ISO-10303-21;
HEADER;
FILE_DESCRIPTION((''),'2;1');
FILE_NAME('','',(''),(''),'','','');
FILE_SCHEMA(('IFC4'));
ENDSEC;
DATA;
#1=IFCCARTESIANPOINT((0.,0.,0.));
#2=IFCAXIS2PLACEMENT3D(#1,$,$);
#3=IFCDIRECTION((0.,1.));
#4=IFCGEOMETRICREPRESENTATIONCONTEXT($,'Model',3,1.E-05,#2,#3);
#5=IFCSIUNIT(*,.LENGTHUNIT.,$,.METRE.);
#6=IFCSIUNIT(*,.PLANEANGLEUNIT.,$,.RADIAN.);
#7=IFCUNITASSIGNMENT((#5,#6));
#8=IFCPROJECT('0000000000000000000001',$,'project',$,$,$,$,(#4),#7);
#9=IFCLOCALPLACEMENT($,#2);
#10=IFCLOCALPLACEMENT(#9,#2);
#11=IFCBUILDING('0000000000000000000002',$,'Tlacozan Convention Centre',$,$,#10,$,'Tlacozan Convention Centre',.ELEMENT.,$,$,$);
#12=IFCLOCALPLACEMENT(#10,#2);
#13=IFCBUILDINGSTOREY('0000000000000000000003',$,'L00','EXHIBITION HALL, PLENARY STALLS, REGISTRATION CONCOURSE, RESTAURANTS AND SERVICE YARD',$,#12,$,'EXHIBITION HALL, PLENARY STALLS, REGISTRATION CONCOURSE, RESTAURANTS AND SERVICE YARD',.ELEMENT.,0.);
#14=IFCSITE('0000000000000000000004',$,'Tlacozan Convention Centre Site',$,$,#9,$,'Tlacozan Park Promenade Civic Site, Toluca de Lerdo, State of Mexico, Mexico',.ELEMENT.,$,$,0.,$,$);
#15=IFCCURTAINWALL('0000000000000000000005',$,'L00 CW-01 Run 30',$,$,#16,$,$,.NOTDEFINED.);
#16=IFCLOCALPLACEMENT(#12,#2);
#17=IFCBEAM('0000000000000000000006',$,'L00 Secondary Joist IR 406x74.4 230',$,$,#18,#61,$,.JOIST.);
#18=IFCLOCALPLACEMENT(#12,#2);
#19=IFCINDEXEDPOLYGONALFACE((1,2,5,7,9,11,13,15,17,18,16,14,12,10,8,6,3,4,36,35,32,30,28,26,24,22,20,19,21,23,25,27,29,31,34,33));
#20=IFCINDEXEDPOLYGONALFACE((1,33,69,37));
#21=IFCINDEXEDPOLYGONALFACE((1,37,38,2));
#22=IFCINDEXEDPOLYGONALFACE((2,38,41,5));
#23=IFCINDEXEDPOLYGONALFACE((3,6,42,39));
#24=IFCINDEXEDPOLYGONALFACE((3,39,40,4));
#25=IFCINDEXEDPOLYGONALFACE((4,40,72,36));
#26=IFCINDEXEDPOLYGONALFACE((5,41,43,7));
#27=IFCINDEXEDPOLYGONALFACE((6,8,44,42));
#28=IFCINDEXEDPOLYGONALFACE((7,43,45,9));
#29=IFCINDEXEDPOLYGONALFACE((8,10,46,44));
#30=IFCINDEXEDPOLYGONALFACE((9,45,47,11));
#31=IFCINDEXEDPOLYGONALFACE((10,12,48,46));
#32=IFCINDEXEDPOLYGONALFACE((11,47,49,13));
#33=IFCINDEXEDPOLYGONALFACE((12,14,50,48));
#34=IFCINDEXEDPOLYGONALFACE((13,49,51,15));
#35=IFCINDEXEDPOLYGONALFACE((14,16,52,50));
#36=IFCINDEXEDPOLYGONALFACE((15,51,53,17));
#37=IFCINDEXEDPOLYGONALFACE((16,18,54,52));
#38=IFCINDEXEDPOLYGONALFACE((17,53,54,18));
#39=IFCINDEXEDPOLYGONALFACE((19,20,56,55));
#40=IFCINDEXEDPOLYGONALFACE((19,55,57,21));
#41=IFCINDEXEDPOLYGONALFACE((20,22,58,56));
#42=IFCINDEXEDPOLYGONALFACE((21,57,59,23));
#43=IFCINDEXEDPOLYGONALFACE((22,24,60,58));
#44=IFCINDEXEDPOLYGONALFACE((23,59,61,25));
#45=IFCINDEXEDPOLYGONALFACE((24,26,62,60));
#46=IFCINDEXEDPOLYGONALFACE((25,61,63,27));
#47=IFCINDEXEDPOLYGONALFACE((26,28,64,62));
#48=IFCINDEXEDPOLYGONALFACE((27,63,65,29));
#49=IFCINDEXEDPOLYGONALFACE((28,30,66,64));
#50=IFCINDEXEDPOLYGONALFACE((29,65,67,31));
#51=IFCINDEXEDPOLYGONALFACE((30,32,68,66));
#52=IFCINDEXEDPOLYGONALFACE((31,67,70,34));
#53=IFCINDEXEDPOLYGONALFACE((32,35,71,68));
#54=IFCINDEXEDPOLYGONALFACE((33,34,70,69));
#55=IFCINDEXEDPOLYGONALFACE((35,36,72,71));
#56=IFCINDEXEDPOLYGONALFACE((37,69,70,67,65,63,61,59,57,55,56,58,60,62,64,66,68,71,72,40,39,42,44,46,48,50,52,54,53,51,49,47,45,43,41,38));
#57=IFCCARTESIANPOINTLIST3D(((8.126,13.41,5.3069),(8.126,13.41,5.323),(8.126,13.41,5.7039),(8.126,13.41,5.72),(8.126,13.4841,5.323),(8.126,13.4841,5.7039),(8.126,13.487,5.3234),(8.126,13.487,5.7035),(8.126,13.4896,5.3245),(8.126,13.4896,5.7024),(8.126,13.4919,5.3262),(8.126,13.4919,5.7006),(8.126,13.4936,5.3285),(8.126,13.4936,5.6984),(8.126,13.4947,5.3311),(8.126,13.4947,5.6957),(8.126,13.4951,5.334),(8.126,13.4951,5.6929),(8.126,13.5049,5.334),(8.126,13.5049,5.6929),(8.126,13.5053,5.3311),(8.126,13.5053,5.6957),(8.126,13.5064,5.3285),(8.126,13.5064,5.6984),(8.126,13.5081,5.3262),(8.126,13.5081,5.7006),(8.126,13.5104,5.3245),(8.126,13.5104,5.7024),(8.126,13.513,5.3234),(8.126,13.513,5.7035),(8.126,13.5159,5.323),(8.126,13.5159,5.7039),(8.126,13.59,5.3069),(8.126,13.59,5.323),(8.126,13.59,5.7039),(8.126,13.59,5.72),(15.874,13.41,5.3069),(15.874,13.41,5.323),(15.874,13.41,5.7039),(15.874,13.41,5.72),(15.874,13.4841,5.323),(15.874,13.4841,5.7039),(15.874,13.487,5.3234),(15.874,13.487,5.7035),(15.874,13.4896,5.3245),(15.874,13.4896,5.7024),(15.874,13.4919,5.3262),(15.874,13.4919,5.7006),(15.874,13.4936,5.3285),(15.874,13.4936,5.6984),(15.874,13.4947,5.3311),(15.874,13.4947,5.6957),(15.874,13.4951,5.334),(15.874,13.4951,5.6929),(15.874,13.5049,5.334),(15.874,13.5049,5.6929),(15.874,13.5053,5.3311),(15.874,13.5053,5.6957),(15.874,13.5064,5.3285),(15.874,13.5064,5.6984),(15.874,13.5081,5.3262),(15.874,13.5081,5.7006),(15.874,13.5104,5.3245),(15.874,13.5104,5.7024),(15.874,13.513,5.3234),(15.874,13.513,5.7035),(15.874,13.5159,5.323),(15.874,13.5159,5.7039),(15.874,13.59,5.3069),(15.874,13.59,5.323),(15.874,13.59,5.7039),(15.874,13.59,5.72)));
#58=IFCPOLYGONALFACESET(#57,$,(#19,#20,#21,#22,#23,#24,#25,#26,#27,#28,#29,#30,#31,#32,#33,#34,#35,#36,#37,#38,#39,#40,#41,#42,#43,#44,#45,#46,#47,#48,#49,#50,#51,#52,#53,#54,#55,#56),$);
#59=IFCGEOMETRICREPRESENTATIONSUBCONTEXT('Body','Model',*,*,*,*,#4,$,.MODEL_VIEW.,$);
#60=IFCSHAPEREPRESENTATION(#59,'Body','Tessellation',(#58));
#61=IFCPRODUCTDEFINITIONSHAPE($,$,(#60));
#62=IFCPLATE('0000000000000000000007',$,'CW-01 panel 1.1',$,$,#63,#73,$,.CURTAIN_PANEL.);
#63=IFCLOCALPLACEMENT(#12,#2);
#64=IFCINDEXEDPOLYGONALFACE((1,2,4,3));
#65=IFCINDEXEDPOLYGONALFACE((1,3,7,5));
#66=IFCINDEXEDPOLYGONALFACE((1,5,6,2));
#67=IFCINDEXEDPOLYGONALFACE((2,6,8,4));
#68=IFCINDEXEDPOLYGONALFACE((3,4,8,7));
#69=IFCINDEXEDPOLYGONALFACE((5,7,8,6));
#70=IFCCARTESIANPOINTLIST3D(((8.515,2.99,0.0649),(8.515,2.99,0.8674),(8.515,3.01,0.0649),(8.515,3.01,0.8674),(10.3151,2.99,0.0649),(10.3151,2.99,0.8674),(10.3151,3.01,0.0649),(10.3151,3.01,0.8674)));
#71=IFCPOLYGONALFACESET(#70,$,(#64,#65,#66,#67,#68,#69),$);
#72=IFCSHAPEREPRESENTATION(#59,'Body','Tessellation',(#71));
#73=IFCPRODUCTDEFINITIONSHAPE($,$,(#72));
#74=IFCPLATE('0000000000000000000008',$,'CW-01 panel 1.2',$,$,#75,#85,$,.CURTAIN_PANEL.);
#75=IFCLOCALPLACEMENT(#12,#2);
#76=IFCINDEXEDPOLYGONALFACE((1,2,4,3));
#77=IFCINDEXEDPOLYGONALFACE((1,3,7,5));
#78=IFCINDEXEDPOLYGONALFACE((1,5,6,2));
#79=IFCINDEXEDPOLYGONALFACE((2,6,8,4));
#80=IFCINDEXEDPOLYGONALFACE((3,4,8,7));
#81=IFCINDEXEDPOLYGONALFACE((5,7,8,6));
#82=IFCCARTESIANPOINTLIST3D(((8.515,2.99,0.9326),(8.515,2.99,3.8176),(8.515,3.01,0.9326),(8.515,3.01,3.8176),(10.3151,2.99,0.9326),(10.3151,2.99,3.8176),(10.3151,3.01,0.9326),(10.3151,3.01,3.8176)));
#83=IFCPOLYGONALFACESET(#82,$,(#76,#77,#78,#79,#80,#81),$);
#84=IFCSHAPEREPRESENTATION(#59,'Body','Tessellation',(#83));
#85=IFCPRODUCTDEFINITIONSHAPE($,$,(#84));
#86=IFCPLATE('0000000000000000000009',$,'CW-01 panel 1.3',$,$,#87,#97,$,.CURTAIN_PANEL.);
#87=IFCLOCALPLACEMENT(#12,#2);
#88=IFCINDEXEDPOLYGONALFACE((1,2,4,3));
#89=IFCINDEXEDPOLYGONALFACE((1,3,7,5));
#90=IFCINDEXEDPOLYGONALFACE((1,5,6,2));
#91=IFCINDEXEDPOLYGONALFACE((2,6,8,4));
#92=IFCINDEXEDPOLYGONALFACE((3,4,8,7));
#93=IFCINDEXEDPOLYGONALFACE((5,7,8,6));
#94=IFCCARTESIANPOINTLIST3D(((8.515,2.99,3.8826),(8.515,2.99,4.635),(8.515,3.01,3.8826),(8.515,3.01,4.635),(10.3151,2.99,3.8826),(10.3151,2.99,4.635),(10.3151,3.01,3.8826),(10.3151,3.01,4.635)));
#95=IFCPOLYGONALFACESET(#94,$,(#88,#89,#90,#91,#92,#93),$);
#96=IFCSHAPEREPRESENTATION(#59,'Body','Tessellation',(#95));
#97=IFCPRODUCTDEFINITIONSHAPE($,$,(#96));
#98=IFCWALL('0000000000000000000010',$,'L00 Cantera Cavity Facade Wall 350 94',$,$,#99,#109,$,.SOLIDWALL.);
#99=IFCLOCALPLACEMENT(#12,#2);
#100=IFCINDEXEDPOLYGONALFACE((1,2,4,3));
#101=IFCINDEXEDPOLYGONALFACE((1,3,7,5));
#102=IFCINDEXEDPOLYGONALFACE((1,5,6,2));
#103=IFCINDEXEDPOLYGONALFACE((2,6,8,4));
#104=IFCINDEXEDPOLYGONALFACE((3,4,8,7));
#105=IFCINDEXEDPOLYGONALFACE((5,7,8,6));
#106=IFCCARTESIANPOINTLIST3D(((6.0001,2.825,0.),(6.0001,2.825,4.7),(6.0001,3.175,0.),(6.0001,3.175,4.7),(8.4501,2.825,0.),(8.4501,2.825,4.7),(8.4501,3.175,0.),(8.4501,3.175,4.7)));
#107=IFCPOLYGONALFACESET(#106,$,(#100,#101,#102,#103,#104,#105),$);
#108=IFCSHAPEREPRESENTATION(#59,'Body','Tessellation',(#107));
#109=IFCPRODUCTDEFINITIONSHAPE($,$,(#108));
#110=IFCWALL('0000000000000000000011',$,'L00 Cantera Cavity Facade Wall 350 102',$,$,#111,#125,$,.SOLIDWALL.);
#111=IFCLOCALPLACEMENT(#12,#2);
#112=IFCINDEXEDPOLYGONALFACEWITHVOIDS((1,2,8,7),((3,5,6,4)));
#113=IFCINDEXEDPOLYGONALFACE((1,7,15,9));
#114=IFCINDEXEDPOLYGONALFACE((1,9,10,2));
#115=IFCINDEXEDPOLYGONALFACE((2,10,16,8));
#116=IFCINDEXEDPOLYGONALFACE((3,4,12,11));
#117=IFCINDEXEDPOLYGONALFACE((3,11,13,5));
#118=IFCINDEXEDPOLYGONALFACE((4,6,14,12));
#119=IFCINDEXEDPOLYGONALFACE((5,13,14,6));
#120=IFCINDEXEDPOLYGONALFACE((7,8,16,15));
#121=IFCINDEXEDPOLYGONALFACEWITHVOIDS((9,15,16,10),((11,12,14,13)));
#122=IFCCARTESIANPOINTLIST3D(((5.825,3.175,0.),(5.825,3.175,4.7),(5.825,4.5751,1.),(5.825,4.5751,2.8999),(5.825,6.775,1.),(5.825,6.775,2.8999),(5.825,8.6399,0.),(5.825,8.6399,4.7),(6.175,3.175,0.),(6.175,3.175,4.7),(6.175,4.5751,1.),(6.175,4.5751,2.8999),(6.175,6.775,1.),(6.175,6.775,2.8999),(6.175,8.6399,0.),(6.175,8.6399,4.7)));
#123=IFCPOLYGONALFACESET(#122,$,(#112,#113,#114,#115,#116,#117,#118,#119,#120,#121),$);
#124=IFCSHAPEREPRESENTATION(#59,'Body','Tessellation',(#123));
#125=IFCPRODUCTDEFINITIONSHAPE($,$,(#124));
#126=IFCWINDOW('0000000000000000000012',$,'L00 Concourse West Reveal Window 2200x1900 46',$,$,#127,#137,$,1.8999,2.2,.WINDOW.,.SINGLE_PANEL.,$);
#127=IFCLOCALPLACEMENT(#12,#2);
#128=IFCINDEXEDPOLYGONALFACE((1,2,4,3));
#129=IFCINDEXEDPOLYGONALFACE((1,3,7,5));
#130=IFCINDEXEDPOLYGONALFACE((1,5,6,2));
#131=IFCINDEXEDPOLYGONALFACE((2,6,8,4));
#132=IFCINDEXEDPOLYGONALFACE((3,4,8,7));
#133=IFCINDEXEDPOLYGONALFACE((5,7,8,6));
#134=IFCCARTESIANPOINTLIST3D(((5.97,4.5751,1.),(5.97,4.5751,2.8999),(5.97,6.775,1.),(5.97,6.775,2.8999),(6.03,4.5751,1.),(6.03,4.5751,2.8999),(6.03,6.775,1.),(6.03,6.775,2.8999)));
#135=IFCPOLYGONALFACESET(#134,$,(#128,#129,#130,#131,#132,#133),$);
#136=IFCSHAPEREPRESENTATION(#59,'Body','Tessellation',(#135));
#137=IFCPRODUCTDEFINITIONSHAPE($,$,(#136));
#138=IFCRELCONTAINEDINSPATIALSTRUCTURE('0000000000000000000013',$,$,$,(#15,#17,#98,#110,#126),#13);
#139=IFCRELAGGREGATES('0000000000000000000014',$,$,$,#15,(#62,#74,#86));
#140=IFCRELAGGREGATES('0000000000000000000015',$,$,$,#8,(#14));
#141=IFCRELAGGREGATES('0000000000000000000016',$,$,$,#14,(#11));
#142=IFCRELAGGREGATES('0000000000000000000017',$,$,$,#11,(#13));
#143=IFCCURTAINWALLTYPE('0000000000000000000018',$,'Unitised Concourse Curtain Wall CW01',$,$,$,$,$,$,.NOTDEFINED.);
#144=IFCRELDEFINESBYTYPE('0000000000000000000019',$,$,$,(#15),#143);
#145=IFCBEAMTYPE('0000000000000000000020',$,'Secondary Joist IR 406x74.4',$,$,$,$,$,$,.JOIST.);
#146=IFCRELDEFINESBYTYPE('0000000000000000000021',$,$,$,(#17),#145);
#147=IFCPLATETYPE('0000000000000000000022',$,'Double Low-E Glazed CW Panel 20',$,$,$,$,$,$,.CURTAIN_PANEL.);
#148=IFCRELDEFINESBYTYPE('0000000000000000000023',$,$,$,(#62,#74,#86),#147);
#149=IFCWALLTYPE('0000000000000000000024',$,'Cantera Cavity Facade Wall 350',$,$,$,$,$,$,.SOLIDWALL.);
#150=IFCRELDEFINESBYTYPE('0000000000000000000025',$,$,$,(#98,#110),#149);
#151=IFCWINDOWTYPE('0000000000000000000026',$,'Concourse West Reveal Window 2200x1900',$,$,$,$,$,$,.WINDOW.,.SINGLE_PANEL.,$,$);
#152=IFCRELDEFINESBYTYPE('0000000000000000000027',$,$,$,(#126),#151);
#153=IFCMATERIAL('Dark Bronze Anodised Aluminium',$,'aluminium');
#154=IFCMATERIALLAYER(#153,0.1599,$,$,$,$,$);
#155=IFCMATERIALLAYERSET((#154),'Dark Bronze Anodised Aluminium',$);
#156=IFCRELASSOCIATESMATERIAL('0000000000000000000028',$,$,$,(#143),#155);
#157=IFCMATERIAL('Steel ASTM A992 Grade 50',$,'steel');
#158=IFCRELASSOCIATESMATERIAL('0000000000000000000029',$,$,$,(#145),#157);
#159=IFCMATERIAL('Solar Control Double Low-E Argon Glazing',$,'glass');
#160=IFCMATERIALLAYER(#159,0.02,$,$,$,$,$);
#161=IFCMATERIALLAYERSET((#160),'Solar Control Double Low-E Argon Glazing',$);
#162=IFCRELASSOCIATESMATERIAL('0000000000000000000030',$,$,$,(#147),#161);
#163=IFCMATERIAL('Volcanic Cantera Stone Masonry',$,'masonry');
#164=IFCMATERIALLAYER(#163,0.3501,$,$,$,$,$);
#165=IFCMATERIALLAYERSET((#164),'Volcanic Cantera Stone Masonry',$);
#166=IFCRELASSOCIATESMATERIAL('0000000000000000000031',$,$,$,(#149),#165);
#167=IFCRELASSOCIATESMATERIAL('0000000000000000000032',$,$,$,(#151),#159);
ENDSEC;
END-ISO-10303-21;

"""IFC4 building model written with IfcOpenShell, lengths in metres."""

from ifc_helpers import new_model, si_unit, direction, frame, frame_2d, origin, origin_2d, place, context, subcontext, project, spatial, rectangle, i_section, extrude, material, layer, layer_set, material_profile, profile_set, type_object, element, fill, aggregate, save


model = new_model("IFC4")

# Units and contexts
model_context = context("Model", 3, precision=1e-05, world=origin(), true_north=direction((0.0, 1.0)))
body_context = subcontext(model_context, "Body", "Model", "MODEL_VIEW")
ifc_project = project(units=[si_unit("LENGTHUNIT", "METRE"), si_unit("PLANEANGLEUNIT", "RADIAN")], contexts=[model_context])

# Site, building, storey
site_placement = place(None, origin())
site = spatial("IfcSite", under=ifc_project, at=site_placement, Name="Tlacozan Convention Centre Site", LongName="Tlacozan Park Promenade Civic Site, Toluca de Lerdo, State of Mexico, Mexico", CompositionType="ELEMENT", RefElevation=0.0)
building_placement = place(site_placement, origin())
building = spatial("IfcBuilding", under=site, at=building_placement, Name="Tlacozan Convention Centre", LongName="Tlacozan Convention Centre", CompositionType="ELEMENT")
storey_placement = place(building_placement, origin())
storey = spatial("IfcBuildingStorey", under=building, at=storey_placement, Name="L00", Description="EXHIBITION HALL, PLENARY STALLS, REGISTRATION CONCOURSE, RESTAURANTS AND SERVICE YARD", LongName="EXHIBITION HALL, PLENARY STALLS, REGISTRATION CONCOURSE, RESTAURANTS AND SERVICE YARD", CompositionType="ELEMENT", Elevation=0.0)

# Shared definitions
ifc_material_1 = material(Name="Steel ASTM A992 Grade 50", Category="steel")

# Curtain wall
ifc_material_2 = material(Name="Dark Bronze Anodised Aluminium", Category="aluminium")
ifc_layer_1 = layer(ifc_material_2, 0.1599)
ifc_layer_set_1 = layer_set([ifc_layer_1], Name="Dark Bronze Anodised Aluminium")
curtain_wall_type = type_object("IfcCurtainWallType", Name="Unitised Concourse Curtain Wall CW01", PredefinedType="NOTDEFINED", material=ifc_layer_set_1)
curtain_wall_placement = place(storey_placement, origin())
curtain_wall = element("IfcCurtainWall", 1, at=curtain_wall_placement, inside=storey, type_object=curtain_wall_type, Name="L00 CW-01 Run 30", PredefinedType="NOTDEFINED")

# Beam
ifc_material_profile_1 = material_profile(ifc_material_1, i_section(OverallWidth=0.1799, OverallDepth=0.4131, WebThickness=0.0098, FlangeThickness=0.0161, FilletRadius=0.011, at=origin_2d()), Name="IR 406x74.4")
ifc_profile_set_1 = profile_set([ifc_material_profile_1], Name="Steel ASTM A992 Grade 50")
beam_type_1 = type_object("IfcBeamType", Name="Secondary Joist IR 406x74.4", PredefinedType="JOIST", material=ifc_profile_set_1)
for number, where, z_axis, x_axis, name in (
    (2, (8.126, 13.5, 5.5134), (1.0, 0.0, 0.0), (0.0, 1.0, 0.0), "L00 Secondary Joist IR 406x74.4 230"),
):
    element("IfcBeam", number, at=place(storey_placement, frame(where, z_axis=z_axis, x_axis=x_axis)), inside=storey, type_object=beam_type_1, Name=name, PredefinedType="JOIST", context=body_context, shape_type="SweptSolid", body=[
        extrude(i_section(OverallWidth=0.1799, OverallDepth=0.4131, WebThickness=0.0098, FlangeThickness=0.0161, FilletRadius=0.011, at=origin_2d()), origin(), (0.0, 0.0, 1.0), 7.748),
    ])

# Plates
ifc_material_3 = material(Name="Solar Control Double Low-E Argon Glazing", Category="glass")
ifc_layer_2 = layer(ifc_material_3, 0.02)
ifc_layer_set_2 = layer_set([ifc_layer_2], Name="Solar Control Double Low-E Argon Glazing")
plate_type = type_object("IfcPlateType", Name="Double Low-E Glazed CW Panel 20", PredefinedType="CURTAIN_PANEL", material=ifc_layer_set_2)
plate_1_placement = place(storey_placement, frame((9.415, 3.0, 0.0649), z_axis=(0.0, 0.0, 1.0), x_axis=(1.0, 0.0, 0.0)))
plate_1 = element("IfcPlate", 3, at=plate_1_placement, type_object=plate_type, Name="CW-01 panel 1.1", PredefinedType="CURTAIN_PANEL", context=body_context, shape_type="SweptSolid", body=[
    extrude(rectangle(XDim=1.8, YDim=0.02, at=origin_2d()), origin(), (0.0, 0.0, 1.0), 0.8025),
])
plate_2_placement = place(storey_placement, frame((9.415, 3.0, 0.9326), z_axis=(0.0, 0.0, 1.0), x_axis=(1.0, 0.0, 0.0)))
plate_2 = element("IfcPlate", 4, at=plate_2_placement, type_object=plate_type, Name="CW-01 panel 1.2", PredefinedType="CURTAIN_PANEL", context=body_context, shape_type="SweptSolid", body=[
    extrude(rectangle(XDim=1.8, YDim=0.02, at=origin_2d()), origin(), (0.0, 0.0, 1.0), 2.885),
])
plate_3_placement = place(storey_placement, frame((9.415, 3.0, 3.8826), z_axis=(0.0, 0.0, 1.0), x_axis=(1.0, 0.0, 0.0)))
plate_3 = element("IfcPlate", 5, at=plate_3_placement, type_object=plate_type, Name="CW-01 panel 1.3", PredefinedType="CURTAIN_PANEL", context=body_context, shape_type="SweptSolid", body=[
    extrude(rectangle(XDim=1.8, YDim=0.02, at=origin_2d()), origin(), (0.0, 0.0, 1.0), 0.7524),
])
aggregate(curtain_wall, [plate_1, plate_2, plate_3])

# Wall
ifc_material_4 = material(Name="Volcanic Cantera Stone Masonry", Category="masonry")
ifc_layer_3 = layer(ifc_material_4, 0.3501)
ifc_layer_set_3 = layer_set([ifc_layer_3], Name="Volcanic Cantera Stone Masonry")
wall_type = type_object("IfcWallType", Name="Cantera Cavity Facade Wall 350", PredefinedType="SOLIDWALL", material=ifc_layer_set_3)
wall_1_placement = place(storey_placement, frame((6.0, 3.0, 0.0), z_axis=(0.0, 0.0, 1.0), x_axis=(1.0, 0.0, 0.0)))
element("IfcWall", 6, at=wall_1_placement, inside=storey, type_object=wall_type, Name="L00 Cantera Cavity Facade Wall 350 94", PredefinedType="SOLIDWALL", context=body_context, shape_type="SweptSolid", body=[
    extrude(rectangle(XDim=2.45, YDim=0.3501, at=frame_2d((1.2251, 0.0))), origin(), (0.0, 0.0, 1.0), 4.7),
])

# Wall, opening, window
wall_2_placement = place(storey_placement, frame((6.0, 3.175, 0.0), z_axis=(0.0, 0.0, 1.0), x_axis=(0.0, 1.0, 0.0)))
wall_2 = element("IfcWall", 7, at=wall_2_placement, inside=storey, type_object=wall_type, Name="L00 Cantera Cavity Facade Wall 350 102", PredefinedType="SOLIDWALL", context=body_context, shape_type="SweptSolid", body=[
    extrude(rectangle(XDim=5.4648, YDim=0.3501, at=frame_2d((2.7324, 0.0))), origin(), (0.0, 0.0, 1.0), 4.7),
])
opening_1_placement = place(wall_2_placement, frame((1.3999, 0.0, 1.0)))
opening_1 = element("IfcOpeningElement", 8, at=opening_1_placement, cuts=wall_2, PredefinedType="OPENING", context=body_context, shape_type="SweptSolid", body=[
    extrude(rectangle(XDim=2.2, YDim=1.8999, at=frame_2d((1.1001, 0.95))), frame((0.0, 0.1851, 0.0), z_axis=(0.0, -1.0, 0.0), x_axis=(1.0, 0.0, 0.0)), (0.0, 0.0, 1.0), 0.3701),
])
window_type = type_object("IfcWindowType", Name="Concourse West Reveal Window 2200x1900", PartitioningType="SINGLE_PANEL", PredefinedType="WINDOW", material=ifc_material_3)
window_placement = place(opening_1_placement, origin())
window = element("IfcWindow", 9, at=window_placement, inside=storey, type_object=window_type, Name="L00 Concourse West Reveal Window 2200x1900 46", OverallHeight=1.8999, OverallWidth=2.2, PartitioningType="SINGLE_PANEL", PredefinedType="WINDOW", context=body_context, shape_type="SweptSolid", body=[
    extrude(rectangle(XDim=2.2, YDim=1.8999, at=frame_2d((1.1001, 0.95))), frame((0.0, 0.03, 0.0), z_axis=(0.0, -1.0, 0.0), x_axis=(1.0, 0.0, 0.0)), (0.0, 0.0, 1.0), 0.0601),
])
fill(opening_1, window)

save(model, "model.ifc")
